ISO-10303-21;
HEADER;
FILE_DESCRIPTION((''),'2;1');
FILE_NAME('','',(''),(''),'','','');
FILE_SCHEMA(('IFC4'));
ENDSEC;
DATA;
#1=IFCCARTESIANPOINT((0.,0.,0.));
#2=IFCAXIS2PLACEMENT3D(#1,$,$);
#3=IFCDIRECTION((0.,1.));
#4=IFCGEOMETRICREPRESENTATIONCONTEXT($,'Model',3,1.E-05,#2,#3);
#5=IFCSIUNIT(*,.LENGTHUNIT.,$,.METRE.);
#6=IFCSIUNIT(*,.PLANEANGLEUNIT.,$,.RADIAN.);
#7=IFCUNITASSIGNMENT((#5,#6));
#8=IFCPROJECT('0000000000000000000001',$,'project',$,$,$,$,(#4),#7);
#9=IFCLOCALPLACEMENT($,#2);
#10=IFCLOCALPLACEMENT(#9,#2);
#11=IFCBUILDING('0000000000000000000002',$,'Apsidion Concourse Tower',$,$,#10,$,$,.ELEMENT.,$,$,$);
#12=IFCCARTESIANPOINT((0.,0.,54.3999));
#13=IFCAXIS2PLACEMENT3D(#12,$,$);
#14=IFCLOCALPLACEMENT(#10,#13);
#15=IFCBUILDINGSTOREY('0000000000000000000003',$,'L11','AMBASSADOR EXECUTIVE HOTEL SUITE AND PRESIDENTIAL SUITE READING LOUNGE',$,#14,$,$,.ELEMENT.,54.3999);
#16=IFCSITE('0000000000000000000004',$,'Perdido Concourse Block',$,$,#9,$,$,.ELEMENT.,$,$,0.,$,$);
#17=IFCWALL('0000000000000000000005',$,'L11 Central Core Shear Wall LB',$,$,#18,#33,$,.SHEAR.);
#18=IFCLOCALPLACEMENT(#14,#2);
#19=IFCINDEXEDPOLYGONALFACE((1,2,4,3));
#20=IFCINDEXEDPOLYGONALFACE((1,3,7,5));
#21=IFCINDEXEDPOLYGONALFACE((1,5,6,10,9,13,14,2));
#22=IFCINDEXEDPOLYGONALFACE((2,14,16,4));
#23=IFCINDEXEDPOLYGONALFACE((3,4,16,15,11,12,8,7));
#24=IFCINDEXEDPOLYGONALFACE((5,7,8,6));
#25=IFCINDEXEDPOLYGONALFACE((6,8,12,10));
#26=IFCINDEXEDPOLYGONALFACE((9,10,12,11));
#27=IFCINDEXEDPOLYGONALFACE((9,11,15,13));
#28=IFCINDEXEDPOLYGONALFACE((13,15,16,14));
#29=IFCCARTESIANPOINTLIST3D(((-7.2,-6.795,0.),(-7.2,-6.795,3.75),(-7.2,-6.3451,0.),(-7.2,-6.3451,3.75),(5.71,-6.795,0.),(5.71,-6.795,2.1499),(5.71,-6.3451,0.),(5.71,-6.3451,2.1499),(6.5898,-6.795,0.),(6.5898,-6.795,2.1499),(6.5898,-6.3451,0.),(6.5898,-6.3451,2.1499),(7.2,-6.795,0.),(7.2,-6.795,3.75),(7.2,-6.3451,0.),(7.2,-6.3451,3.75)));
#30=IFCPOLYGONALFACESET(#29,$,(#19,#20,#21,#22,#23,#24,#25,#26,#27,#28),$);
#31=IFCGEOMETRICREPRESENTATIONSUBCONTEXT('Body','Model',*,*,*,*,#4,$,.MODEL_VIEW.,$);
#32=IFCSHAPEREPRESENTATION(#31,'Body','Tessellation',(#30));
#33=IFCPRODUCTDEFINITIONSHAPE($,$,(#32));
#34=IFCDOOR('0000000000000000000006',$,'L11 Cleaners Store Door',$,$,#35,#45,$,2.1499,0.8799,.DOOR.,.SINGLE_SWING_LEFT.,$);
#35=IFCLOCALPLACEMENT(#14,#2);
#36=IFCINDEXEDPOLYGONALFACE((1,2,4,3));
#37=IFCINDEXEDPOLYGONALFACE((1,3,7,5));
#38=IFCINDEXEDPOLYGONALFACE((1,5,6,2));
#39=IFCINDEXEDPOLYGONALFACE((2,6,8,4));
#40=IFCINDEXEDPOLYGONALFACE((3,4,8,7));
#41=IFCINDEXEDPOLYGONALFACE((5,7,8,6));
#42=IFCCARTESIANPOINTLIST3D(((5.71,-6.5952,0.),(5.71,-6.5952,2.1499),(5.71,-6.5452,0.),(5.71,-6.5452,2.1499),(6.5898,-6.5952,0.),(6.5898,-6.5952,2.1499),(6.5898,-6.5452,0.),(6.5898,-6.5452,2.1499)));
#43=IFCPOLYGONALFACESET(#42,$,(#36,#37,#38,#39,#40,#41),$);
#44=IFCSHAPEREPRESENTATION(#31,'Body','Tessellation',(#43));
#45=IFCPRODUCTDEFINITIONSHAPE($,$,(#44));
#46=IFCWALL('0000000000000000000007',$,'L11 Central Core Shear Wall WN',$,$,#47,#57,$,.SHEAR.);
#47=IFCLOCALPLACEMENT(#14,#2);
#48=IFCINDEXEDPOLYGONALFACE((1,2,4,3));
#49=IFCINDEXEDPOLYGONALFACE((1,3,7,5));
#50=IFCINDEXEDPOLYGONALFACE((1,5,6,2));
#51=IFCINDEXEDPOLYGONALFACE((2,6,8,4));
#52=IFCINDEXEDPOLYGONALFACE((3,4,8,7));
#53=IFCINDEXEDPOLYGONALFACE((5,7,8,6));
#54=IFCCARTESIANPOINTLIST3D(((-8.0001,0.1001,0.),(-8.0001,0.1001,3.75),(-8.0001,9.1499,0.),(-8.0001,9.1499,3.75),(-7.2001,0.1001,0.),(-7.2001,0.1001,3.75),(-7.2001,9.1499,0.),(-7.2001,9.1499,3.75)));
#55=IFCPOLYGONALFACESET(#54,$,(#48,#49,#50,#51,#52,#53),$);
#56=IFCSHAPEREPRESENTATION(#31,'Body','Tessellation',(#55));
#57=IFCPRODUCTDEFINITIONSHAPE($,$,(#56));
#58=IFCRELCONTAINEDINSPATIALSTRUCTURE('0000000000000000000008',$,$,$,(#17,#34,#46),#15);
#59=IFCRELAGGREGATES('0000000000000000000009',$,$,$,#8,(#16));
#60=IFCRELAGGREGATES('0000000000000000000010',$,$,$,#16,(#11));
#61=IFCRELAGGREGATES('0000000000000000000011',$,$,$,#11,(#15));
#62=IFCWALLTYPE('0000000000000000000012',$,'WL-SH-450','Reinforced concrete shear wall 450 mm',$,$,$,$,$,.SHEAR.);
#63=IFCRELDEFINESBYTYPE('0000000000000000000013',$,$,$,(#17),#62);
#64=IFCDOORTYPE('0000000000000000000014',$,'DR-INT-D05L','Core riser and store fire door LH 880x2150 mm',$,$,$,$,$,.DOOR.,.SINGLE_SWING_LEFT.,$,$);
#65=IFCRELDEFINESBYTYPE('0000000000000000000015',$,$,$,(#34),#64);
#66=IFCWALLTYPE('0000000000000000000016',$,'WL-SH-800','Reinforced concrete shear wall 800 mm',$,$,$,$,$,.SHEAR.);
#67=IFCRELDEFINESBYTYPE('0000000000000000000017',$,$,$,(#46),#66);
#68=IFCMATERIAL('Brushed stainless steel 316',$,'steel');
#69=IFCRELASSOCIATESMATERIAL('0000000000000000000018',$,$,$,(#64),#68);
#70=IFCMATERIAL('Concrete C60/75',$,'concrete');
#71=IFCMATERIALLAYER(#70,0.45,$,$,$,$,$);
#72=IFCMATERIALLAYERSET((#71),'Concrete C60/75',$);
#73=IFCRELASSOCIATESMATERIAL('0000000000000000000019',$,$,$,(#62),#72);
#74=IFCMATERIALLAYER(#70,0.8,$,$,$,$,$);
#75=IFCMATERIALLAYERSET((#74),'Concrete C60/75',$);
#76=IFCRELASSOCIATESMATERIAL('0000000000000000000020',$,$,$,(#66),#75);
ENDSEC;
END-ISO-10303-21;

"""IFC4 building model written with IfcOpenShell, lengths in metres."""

from ifc_helpers import new_model, si_unit, direction, frame, frame_2d, origin, place, context, subcontext, project, spatial, rectangle, extrude, material, layer, layer_set, type_object, element, fill, save


model = new_model("IFC4")

# Units and contexts
model_context = context("Model", 3, precision=1e-05, world=origin(), true_north=direction((0.0, 1.0)))
body_context = subcontext(model_context, "Body", "Model", "MODEL_VIEW")
ifc_project = project(units=[si_unit("LENGTHUNIT", "METRE"), si_unit("PLANEANGLEUNIT", "RADIAN")], contexts=[model_context])

# Site, building, storey
site_placement = place(None, origin())
site = spatial("IfcSite", under=ifc_project, at=site_placement, Name="Perdido Concourse Block", CompositionType="ELEMENT", RefElevation=0.0)
building_placement = place(site_placement, origin())
building = spatial("IfcBuilding", under=site, at=building_placement, Name="Apsidion Concourse Tower", CompositionType="ELEMENT")
storey_placement = place(building_placement, frame((0.0, 0.0, 54.3999)))
storey = spatial("IfcBuildingStorey", under=building, at=storey_placement, Name="L11", Description="AMBASSADOR EXECUTIVE HOTEL SUITE AND PRESIDENTIAL SUITE READING LOUNGE", CompositionType="ELEMENT", Elevation=54.3999)

# Shared definitions
ifc_material_1 = material(Name="Concrete C60/75", Category="concrete")

# Shared definitions
ifc_material_2 = material(Name="Brushed stainless steel 316", Category="steel")
door_type_1 = type_object("IfcDoorType", Name="DR-INT-D05L", Description="Core riser and store fire door LH 880x2150 mm", OperationType="SINGLE_SWING_LEFT", PredefinedType="DOOR", material=ifc_material_2)

# Shared definitions
ifc_layer_1 = layer(ifc_material_1, 0.45)
ifc_layer_set_1 = layer_set([ifc_layer_1], Name="Concrete C60/75")
wall_type_1 = type_object("IfcWallType", Name="WL-SH-450", Description="Reinforced concrete shear wall 450 mm", PredefinedType="SHEAR", material=ifc_layer_set_1)

# Wall, opening, door
wall_1_placement = place(storey_placement, frame((-7.2, -6.5701, 0.0), z_axis=(0.0, 0.0, 1.0), x_axis=(1.0, 0.0, 0.0)))
wall_1 = element("IfcWall", 1, at=wall_1_placement, inside=storey, type_object=wall_type_1, Name="L11 Central Core Shear Wall LB", PredefinedType="SHEAR", context=body_context, shape_type="SweptSolid", body=[
    extrude(rectangle(XDim=14.3999, YDim=0.45, at=frame_2d((7.2, 0.0))), origin(), (0.0, 0.0, 1.0), 3.75),
])
opening_1_placement = place(wall_1_placement, frame((12.9099, 0.0, 0.0)))
opening_1 = element("IfcOpeningElement", 2, at=opening_1_placement, cuts=wall_1, PredefinedType="OPENING", context=body_context, shape_type="SweptSolid", body=[
    extrude(rectangle(XDim=0.8799, YDim=2.1499, at=frame_2d((0.4399, 1.075))), frame((0.0, 0.2349, 0.0), z_axis=(0.0, -1.0, 0.0), x_axis=(1.0, 0.0, 0.0)), (0.0, 0.0, 1.0), 0.47),
])
door_1_placement = place(opening_1_placement, origin())
door_1 = element("IfcDoor", 3, at=door_1_placement, inside=storey, type_object=door_type_1, Name="L11 Cleaners Store Door", OperationType="SINGLE_SWING_LEFT", OverallHeight=2.1499, OverallWidth=0.8799, PredefinedType="DOOR", context=body_context, shape_type="SweptSolid", body=[
    extrude(rectangle(XDim=0.8799, YDim=2.1499, at=frame_2d((0.4399, 1.075))), frame((0.0, 0.0249, 0.0), z_axis=(0.0, -1.0, 0.0), x_axis=(1.0, 0.0, 0.0)), (0.0, 0.0, 1.0), 0.05),
])
fill(opening_1, door_1)

# Wall
ifc_layer_2 = layer(ifc_material_1, 0.8)
ifc_layer_set_2 = layer_set([ifc_layer_2], Name="Concrete C60/75")
wall_type_2 = type_object("IfcWallType", Name="WL-SH-800", Description="Reinforced concrete shear wall 800 mm", PredefinedType="SHEAR", material=ifc_layer_set_2)
wall_2_placement = place(storey_placement, frame((-7.6001, 0.1001, 0.0), z_axis=(0.0, 0.0, 1.0), x_axis=(0.0, 1.0, 0.0)))
element("IfcWall", 4, at=wall_2_placement, inside=storey, type_object=wall_type_2, Name="L11 Central Core Shear Wall WN", PredefinedType="SHEAR", context=body_context, shape_type="SweptSolid", body=[
    extrude(rectangle(XDim=9.0498, YDim=0.8, at=frame_2d((4.5249, 0.0))), origin(), (0.0, 0.0, 1.0), 3.75),
])

save(model, "model.ifc")
